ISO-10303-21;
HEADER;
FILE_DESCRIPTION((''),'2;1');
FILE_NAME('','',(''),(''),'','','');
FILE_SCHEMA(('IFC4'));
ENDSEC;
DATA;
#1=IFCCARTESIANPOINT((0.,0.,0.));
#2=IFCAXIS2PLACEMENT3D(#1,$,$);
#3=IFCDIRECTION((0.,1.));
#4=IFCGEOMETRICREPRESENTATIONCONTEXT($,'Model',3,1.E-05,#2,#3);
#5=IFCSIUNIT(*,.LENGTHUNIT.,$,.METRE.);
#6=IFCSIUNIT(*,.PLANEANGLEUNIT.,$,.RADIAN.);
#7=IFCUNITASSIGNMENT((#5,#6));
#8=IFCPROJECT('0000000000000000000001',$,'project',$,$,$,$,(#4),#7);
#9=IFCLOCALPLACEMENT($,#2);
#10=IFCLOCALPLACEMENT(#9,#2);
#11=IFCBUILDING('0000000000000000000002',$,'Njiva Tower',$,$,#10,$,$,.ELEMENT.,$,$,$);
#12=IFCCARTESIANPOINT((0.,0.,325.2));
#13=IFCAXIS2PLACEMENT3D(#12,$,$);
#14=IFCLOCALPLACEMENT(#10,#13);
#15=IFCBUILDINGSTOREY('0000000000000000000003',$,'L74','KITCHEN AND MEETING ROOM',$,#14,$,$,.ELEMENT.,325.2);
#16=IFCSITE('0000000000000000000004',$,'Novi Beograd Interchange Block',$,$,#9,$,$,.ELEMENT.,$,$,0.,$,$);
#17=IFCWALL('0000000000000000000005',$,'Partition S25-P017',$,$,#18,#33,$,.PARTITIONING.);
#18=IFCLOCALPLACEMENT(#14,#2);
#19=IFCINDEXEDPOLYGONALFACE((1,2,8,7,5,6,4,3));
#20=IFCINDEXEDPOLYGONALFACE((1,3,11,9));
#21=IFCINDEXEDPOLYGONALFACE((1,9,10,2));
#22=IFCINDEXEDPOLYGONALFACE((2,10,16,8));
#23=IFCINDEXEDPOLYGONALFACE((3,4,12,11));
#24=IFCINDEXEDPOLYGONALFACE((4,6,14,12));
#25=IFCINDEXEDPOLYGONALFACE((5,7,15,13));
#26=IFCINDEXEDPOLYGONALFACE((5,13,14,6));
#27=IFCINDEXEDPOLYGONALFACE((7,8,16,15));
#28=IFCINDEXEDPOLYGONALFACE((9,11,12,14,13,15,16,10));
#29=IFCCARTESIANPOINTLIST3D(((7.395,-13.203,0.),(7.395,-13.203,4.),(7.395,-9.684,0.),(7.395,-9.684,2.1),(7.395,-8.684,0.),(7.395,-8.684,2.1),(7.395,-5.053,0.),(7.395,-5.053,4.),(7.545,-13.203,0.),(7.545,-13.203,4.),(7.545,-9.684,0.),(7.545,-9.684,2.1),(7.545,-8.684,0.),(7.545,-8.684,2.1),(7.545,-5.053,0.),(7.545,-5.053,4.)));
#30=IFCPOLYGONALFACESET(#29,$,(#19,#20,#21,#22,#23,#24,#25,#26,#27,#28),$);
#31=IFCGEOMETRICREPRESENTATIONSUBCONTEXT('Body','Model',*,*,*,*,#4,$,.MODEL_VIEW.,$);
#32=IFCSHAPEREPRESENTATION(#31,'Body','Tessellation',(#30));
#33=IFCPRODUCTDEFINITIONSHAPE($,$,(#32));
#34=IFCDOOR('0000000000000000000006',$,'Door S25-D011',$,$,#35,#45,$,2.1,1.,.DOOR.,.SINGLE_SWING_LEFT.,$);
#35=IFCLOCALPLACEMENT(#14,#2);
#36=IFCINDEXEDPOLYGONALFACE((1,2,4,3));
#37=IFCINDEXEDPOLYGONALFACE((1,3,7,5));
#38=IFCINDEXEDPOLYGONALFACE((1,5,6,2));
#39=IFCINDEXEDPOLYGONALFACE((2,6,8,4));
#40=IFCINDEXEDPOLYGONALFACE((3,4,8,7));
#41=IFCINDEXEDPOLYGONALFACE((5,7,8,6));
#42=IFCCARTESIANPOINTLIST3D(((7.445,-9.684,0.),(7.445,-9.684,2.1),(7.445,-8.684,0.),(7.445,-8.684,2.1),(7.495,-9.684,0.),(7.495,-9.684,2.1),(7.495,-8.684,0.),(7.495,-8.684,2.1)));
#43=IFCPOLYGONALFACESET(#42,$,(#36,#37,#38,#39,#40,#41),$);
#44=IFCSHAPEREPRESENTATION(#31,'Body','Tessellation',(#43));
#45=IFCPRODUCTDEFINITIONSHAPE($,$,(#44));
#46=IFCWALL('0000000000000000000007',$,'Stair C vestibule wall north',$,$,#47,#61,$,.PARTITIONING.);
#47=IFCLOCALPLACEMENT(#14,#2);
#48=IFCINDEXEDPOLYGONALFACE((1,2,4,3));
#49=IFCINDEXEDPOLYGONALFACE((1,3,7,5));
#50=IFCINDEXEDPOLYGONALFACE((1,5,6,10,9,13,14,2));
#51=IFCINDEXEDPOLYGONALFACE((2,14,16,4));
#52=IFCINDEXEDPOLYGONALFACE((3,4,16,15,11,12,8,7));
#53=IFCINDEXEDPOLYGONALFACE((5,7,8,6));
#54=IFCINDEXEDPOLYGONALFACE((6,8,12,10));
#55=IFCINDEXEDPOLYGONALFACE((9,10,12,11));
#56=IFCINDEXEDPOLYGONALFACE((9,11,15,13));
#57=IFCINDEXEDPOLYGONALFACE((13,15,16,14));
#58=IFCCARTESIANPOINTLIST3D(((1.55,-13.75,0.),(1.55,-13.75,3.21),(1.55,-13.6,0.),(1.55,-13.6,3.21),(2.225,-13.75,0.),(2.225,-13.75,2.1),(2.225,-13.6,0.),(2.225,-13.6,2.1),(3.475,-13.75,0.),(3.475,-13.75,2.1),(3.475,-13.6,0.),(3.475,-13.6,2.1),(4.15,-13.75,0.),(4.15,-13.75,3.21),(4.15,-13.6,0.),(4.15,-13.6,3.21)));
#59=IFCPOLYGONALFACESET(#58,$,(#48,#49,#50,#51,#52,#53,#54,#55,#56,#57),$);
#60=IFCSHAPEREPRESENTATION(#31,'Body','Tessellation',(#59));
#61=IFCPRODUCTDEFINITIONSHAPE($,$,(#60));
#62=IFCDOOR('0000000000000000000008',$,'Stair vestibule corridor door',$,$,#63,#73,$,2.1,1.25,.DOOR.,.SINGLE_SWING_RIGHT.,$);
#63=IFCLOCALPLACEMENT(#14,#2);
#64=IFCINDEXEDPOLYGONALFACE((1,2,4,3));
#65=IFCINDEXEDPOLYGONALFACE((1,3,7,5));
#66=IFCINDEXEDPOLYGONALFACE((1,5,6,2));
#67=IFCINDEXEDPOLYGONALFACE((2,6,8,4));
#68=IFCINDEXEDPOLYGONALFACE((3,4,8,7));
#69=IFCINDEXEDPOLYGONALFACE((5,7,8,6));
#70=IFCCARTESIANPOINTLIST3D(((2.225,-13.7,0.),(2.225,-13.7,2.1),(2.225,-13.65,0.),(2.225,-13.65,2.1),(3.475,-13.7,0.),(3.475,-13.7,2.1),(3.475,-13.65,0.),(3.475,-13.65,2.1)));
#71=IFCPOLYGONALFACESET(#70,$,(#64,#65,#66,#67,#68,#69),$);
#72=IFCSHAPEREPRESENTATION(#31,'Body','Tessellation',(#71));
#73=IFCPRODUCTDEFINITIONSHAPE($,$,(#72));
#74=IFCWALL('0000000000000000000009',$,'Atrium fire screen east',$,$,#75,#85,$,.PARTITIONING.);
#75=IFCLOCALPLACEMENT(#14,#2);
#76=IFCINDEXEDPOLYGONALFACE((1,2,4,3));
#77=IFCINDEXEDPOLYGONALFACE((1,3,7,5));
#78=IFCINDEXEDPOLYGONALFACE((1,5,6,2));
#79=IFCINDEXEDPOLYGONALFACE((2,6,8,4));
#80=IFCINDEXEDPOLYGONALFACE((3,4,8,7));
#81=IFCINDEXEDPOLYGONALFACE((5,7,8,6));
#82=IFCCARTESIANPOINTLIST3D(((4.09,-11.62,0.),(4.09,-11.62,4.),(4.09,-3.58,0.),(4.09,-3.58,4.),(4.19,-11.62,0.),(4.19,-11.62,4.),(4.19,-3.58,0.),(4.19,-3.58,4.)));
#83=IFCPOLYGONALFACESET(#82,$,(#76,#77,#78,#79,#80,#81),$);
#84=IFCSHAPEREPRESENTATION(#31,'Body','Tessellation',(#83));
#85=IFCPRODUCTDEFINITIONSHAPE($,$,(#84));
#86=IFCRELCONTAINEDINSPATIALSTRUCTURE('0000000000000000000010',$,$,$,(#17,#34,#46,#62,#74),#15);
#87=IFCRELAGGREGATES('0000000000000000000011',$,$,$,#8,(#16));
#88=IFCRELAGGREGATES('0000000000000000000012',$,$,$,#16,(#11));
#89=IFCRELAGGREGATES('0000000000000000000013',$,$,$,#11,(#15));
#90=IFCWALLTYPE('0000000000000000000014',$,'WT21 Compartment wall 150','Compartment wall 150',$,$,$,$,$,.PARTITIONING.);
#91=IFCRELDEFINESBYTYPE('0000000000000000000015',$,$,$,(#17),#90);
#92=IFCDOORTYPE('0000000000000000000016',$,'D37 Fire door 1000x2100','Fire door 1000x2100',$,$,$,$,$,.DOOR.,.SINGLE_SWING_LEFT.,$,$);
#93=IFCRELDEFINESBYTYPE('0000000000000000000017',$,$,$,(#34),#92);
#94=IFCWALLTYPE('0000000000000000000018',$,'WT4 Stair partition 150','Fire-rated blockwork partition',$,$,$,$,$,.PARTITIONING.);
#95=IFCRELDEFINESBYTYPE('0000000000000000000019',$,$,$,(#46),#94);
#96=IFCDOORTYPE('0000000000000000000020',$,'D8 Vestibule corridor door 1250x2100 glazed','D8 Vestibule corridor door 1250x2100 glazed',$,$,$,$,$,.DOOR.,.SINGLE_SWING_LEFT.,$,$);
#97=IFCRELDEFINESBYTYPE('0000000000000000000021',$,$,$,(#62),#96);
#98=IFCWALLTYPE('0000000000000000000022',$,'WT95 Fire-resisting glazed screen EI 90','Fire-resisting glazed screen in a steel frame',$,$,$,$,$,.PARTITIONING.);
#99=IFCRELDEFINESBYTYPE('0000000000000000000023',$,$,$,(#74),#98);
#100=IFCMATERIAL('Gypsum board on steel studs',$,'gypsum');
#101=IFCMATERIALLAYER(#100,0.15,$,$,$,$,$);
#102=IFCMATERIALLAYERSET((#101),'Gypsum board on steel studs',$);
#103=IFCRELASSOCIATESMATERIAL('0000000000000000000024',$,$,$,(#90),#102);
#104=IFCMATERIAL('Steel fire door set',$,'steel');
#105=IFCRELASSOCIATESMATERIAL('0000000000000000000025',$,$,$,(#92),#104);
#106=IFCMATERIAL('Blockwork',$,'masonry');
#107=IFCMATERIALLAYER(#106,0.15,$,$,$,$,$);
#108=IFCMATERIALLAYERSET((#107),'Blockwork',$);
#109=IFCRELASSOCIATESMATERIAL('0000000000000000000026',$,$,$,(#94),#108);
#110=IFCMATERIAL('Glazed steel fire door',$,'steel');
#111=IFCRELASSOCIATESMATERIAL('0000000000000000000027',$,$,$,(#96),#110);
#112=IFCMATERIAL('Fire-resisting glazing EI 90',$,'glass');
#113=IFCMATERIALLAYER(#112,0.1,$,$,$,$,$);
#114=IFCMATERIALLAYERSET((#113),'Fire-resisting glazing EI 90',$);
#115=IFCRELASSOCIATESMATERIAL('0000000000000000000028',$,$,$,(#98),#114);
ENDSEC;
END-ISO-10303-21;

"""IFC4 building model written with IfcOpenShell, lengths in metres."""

from ifc_helpers import new_model, si_unit, direction, frame, frame_2d, origin, place, context, subcontext, project, spatial, rectangle, extrude, material, layer, layer_set, type_object, element, fill, save


model = new_model("IFC4")

# Units and contexts
model_context = context("Model", 3, precision=1e-05, world=origin(), true_north=direction((0.0, 1.0)))
body_context = subcontext(model_context, "Body", "Model", "MODEL_VIEW")
ifc_project = project(units=[si_unit("LENGTHUNIT", "METRE"), si_unit("PLANEANGLEUNIT", "RADIAN")], contexts=[model_context])

# Site, building, storey
site_placement = place(None, origin())
site = spatial("IfcSite", under=ifc_project, at=site_placement, Name="Novi Beograd Interchange Block", CompositionType="ELEMENT", RefElevation=0.0)
building_placement = place(site_placement, origin())
building = spatial("IfcBuilding", under=site, at=building_placement, Name="Njiva Tower", CompositionType="ELEMENT")
storey_placement = place(building_placement, frame((0.0, 0.0, 325.2)))
storey = spatial("IfcBuildingStorey", under=building, at=storey_placement, Name="L74", Description="KITCHEN AND MEETING ROOM", CompositionType="ELEMENT", Elevation=325.2)

# Shared definitions
ifc_material_1 = material(Name="Gypsum board on steel studs", Category="gypsum")
ifc_layer_1 = layer(ifc_material_1, 0.15)
ifc_layer_set_1 = layer_set([ifc_layer_1], Name="Gypsum board on steel studs")
wall_type_1 = type_object("IfcWallType", Name="WT21 Compartment wall 150", Description="Compartment wall 150", PredefinedType="PARTITIONING", material=ifc_layer_set_1)

# Walls, openings, doors
wall_1_placement = place(storey_placement, frame((7.47, -13.203, 0.0), z_axis=(0.0, 0.0, 1.0), x_axis=(0.0, 1.0, 0.0)))
wall_1 = element("IfcWall", 1, at=wall_1_placement, inside=storey, type_object=wall_type_1, Name="Partition S25-P017", PredefinedType="PARTITIONING", context=body_context, shape_type="SweptSolid", body=[
    extrude(rectangle(XDim=8.15, YDim=0.15, at=frame_2d((4.075, 0.0))), origin(), (0.0, 0.0, 1.0), 4.0),
])
opening_1_placement = place(wall_1_placement, frame((3.519, 0.0, 0.0)))
opening_1 = element("IfcOpeningElement", 2, at=opening_1_placement, cuts=wall_1, PredefinedType="OPENING", context=body_context, shape_type="SweptSolid", body=[
    extrude(rectangle(XDim=1.0, YDim=2.1, at=frame_2d((0.5, 1.05))), frame((0.0, 0.085, 0.0), z_axis=(0.0, -1.0, 0.0), x_axis=(1.0, 0.0, 0.0)), (0.0, 0.0, 1.0), 0.17),
])
ifc_material_2 = material(Name="Steel fire door set", Category="steel")
door_type_1 = type_object("IfcDoorType", Name="D37 Fire door 1000x2100", Description="Fire door 1000x2100", OperationType="SINGLE_SWING_LEFT", PredefinedType="DOOR", material=ifc_material_2)
door_1_placement = place(opening_1_placement, origin())
door_1 = element("IfcDoor", 3, at=door_1_placement, inside=storey, type_object=door_type_1, Name="Door S25-D011", OperationType="SINGLE_SWING_LEFT", OverallHeight=2.1, OverallWidth=1.0, PredefinedType="DOOR", context=body_context, shape_type="SweptSolid", body=[
    extrude(rectangle(XDim=1.0, YDim=2.1, at=frame_2d((0.5, 1.05))), frame((0.0, 0.025, 0.0), z_axis=(0.0, -1.0, 0.0), x_axis=(1.0, 0.0, 0.0)), (0.0, 0.0, 1.0), 0.05),
])
fill(opening_1, door_1)
ifc_material_3 = material(Name="Blockwork", Category="masonry")
ifc_layer_2 = layer(ifc_material_3, 0.15)
ifc_layer_set_2 = layer_set([ifc_layer_2], Name="Blockwork")
wall_type_2 = type_object("IfcWallType", Name="WT4 Stair partition 150", Description="Fire-rated blockwork partition", PredefinedType="PARTITIONING", material=ifc_layer_set_2)
wall_2_placement = place(storey_placement, frame((1.55, -13.675, 0.0), z_axis=(0.0, 0.0, 1.0), x_axis=(1.0, 0.0, 0.0)))
wall_2 = element("IfcWall", 4, at=wall_2_placement, inside=storey, type_object=wall_type_2, Name="Stair C vestibule wall north", PredefinedType="PARTITIONING", context=body_context, shape_type="SweptSolid", body=[
    extrude(rectangle(XDim=2.6, YDim=0.15, at=frame_2d((1.3, 0.0))), origin(), (0.0, 0.0, 1.0), 3.21),
])
opening_2_placement = place(wall_2_placement, frame((0.675, 0.0, 0.0)))
opening_2 = element("IfcOpeningElement", 5, at=opening_2_placement, cuts=wall_2, PredefinedType="OPENING", context=body_context, shape_type="SweptSolid", body=[
    extrude(rectangle(XDim=1.25, YDim=2.1, at=frame_2d((0.625, 1.05))), frame((0.0, 0.085, 0.0), z_axis=(0.0, -1.0, 0.0), x_axis=(1.0, 0.0, 0.0)), (0.0, 0.0, 1.0), 0.17),
])
ifc_material_4 = material(Name="Glazed steel fire door", Category="steel")
door_type_2 = type_object("IfcDoorType", Name="D8 Vestibule corridor door 1250x2100 glazed", Description="D8 Vestibule corridor door 1250x2100 glazed", OperationType="SINGLE_SWING_LEFT", PredefinedType="DOOR", material=ifc_material_4)
door_2_placement = place(opening_2_placement, origin())
door_2 = element("IfcDoor", 6, at=door_2_placement, inside=storey, type_object=door_type_2, Name="Stair vestibule corridor door", OperationType="SINGLE_SWING_RIGHT", OverallHeight=2.1, OverallWidth=1.25, PredefinedType="DOOR", context=body_context, shape_type="SweptSolid", body=[
    extrude(rectangle(XDim=1.25, YDim=2.1, at=frame_2d((0.625, 1.05))), frame((0.0, 0.025, 0.0), z_axis=(0.0, -1.0, 0.0), x_axis=(1.0, 0.0, 0.0)), (0.0, 0.0, 1.0), 0.05),
])
fill(opening_2, door_2)

# Wall
ifc_material_5 = material(Name="Fire-resisting glazing EI 90", Category="glass")
ifc_layer_3 = layer(ifc_material_5, 0.1)
ifc_layer_set_3 = layer_set([ifc_layer_3], Name="Fire-resisting glazing EI 90")
wall_type_3 = type_object("IfcWallType", Name="WT95 Fire-resisting glazed screen EI 90", Description="Fire-resisting glazed screen in a steel frame", PredefinedType="PARTITIONING", material=ifc_layer_set_3)
wall_3_placement = place(storey_placement, frame((4.14, -11.62, 0.0), z_axis=(0.0, 0.0, 1.0), x_axis=(0.0, 1.0, 0.0)))
element("IfcWall", 7, at=wall_3_placement, inside=storey, type_object=wall_type_3, Name="Atrium fire screen east", PredefinedType="PARTITIONING", context=body_context, shape_type="SweptSolid", body=[
    extrude(rectangle(XDim=8.04, YDim=0.1, at=frame_2d((4.02, 0.0))), origin(), (0.0, 0.0, 1.0), 4.0),
])

save(model, "model.ifc")
